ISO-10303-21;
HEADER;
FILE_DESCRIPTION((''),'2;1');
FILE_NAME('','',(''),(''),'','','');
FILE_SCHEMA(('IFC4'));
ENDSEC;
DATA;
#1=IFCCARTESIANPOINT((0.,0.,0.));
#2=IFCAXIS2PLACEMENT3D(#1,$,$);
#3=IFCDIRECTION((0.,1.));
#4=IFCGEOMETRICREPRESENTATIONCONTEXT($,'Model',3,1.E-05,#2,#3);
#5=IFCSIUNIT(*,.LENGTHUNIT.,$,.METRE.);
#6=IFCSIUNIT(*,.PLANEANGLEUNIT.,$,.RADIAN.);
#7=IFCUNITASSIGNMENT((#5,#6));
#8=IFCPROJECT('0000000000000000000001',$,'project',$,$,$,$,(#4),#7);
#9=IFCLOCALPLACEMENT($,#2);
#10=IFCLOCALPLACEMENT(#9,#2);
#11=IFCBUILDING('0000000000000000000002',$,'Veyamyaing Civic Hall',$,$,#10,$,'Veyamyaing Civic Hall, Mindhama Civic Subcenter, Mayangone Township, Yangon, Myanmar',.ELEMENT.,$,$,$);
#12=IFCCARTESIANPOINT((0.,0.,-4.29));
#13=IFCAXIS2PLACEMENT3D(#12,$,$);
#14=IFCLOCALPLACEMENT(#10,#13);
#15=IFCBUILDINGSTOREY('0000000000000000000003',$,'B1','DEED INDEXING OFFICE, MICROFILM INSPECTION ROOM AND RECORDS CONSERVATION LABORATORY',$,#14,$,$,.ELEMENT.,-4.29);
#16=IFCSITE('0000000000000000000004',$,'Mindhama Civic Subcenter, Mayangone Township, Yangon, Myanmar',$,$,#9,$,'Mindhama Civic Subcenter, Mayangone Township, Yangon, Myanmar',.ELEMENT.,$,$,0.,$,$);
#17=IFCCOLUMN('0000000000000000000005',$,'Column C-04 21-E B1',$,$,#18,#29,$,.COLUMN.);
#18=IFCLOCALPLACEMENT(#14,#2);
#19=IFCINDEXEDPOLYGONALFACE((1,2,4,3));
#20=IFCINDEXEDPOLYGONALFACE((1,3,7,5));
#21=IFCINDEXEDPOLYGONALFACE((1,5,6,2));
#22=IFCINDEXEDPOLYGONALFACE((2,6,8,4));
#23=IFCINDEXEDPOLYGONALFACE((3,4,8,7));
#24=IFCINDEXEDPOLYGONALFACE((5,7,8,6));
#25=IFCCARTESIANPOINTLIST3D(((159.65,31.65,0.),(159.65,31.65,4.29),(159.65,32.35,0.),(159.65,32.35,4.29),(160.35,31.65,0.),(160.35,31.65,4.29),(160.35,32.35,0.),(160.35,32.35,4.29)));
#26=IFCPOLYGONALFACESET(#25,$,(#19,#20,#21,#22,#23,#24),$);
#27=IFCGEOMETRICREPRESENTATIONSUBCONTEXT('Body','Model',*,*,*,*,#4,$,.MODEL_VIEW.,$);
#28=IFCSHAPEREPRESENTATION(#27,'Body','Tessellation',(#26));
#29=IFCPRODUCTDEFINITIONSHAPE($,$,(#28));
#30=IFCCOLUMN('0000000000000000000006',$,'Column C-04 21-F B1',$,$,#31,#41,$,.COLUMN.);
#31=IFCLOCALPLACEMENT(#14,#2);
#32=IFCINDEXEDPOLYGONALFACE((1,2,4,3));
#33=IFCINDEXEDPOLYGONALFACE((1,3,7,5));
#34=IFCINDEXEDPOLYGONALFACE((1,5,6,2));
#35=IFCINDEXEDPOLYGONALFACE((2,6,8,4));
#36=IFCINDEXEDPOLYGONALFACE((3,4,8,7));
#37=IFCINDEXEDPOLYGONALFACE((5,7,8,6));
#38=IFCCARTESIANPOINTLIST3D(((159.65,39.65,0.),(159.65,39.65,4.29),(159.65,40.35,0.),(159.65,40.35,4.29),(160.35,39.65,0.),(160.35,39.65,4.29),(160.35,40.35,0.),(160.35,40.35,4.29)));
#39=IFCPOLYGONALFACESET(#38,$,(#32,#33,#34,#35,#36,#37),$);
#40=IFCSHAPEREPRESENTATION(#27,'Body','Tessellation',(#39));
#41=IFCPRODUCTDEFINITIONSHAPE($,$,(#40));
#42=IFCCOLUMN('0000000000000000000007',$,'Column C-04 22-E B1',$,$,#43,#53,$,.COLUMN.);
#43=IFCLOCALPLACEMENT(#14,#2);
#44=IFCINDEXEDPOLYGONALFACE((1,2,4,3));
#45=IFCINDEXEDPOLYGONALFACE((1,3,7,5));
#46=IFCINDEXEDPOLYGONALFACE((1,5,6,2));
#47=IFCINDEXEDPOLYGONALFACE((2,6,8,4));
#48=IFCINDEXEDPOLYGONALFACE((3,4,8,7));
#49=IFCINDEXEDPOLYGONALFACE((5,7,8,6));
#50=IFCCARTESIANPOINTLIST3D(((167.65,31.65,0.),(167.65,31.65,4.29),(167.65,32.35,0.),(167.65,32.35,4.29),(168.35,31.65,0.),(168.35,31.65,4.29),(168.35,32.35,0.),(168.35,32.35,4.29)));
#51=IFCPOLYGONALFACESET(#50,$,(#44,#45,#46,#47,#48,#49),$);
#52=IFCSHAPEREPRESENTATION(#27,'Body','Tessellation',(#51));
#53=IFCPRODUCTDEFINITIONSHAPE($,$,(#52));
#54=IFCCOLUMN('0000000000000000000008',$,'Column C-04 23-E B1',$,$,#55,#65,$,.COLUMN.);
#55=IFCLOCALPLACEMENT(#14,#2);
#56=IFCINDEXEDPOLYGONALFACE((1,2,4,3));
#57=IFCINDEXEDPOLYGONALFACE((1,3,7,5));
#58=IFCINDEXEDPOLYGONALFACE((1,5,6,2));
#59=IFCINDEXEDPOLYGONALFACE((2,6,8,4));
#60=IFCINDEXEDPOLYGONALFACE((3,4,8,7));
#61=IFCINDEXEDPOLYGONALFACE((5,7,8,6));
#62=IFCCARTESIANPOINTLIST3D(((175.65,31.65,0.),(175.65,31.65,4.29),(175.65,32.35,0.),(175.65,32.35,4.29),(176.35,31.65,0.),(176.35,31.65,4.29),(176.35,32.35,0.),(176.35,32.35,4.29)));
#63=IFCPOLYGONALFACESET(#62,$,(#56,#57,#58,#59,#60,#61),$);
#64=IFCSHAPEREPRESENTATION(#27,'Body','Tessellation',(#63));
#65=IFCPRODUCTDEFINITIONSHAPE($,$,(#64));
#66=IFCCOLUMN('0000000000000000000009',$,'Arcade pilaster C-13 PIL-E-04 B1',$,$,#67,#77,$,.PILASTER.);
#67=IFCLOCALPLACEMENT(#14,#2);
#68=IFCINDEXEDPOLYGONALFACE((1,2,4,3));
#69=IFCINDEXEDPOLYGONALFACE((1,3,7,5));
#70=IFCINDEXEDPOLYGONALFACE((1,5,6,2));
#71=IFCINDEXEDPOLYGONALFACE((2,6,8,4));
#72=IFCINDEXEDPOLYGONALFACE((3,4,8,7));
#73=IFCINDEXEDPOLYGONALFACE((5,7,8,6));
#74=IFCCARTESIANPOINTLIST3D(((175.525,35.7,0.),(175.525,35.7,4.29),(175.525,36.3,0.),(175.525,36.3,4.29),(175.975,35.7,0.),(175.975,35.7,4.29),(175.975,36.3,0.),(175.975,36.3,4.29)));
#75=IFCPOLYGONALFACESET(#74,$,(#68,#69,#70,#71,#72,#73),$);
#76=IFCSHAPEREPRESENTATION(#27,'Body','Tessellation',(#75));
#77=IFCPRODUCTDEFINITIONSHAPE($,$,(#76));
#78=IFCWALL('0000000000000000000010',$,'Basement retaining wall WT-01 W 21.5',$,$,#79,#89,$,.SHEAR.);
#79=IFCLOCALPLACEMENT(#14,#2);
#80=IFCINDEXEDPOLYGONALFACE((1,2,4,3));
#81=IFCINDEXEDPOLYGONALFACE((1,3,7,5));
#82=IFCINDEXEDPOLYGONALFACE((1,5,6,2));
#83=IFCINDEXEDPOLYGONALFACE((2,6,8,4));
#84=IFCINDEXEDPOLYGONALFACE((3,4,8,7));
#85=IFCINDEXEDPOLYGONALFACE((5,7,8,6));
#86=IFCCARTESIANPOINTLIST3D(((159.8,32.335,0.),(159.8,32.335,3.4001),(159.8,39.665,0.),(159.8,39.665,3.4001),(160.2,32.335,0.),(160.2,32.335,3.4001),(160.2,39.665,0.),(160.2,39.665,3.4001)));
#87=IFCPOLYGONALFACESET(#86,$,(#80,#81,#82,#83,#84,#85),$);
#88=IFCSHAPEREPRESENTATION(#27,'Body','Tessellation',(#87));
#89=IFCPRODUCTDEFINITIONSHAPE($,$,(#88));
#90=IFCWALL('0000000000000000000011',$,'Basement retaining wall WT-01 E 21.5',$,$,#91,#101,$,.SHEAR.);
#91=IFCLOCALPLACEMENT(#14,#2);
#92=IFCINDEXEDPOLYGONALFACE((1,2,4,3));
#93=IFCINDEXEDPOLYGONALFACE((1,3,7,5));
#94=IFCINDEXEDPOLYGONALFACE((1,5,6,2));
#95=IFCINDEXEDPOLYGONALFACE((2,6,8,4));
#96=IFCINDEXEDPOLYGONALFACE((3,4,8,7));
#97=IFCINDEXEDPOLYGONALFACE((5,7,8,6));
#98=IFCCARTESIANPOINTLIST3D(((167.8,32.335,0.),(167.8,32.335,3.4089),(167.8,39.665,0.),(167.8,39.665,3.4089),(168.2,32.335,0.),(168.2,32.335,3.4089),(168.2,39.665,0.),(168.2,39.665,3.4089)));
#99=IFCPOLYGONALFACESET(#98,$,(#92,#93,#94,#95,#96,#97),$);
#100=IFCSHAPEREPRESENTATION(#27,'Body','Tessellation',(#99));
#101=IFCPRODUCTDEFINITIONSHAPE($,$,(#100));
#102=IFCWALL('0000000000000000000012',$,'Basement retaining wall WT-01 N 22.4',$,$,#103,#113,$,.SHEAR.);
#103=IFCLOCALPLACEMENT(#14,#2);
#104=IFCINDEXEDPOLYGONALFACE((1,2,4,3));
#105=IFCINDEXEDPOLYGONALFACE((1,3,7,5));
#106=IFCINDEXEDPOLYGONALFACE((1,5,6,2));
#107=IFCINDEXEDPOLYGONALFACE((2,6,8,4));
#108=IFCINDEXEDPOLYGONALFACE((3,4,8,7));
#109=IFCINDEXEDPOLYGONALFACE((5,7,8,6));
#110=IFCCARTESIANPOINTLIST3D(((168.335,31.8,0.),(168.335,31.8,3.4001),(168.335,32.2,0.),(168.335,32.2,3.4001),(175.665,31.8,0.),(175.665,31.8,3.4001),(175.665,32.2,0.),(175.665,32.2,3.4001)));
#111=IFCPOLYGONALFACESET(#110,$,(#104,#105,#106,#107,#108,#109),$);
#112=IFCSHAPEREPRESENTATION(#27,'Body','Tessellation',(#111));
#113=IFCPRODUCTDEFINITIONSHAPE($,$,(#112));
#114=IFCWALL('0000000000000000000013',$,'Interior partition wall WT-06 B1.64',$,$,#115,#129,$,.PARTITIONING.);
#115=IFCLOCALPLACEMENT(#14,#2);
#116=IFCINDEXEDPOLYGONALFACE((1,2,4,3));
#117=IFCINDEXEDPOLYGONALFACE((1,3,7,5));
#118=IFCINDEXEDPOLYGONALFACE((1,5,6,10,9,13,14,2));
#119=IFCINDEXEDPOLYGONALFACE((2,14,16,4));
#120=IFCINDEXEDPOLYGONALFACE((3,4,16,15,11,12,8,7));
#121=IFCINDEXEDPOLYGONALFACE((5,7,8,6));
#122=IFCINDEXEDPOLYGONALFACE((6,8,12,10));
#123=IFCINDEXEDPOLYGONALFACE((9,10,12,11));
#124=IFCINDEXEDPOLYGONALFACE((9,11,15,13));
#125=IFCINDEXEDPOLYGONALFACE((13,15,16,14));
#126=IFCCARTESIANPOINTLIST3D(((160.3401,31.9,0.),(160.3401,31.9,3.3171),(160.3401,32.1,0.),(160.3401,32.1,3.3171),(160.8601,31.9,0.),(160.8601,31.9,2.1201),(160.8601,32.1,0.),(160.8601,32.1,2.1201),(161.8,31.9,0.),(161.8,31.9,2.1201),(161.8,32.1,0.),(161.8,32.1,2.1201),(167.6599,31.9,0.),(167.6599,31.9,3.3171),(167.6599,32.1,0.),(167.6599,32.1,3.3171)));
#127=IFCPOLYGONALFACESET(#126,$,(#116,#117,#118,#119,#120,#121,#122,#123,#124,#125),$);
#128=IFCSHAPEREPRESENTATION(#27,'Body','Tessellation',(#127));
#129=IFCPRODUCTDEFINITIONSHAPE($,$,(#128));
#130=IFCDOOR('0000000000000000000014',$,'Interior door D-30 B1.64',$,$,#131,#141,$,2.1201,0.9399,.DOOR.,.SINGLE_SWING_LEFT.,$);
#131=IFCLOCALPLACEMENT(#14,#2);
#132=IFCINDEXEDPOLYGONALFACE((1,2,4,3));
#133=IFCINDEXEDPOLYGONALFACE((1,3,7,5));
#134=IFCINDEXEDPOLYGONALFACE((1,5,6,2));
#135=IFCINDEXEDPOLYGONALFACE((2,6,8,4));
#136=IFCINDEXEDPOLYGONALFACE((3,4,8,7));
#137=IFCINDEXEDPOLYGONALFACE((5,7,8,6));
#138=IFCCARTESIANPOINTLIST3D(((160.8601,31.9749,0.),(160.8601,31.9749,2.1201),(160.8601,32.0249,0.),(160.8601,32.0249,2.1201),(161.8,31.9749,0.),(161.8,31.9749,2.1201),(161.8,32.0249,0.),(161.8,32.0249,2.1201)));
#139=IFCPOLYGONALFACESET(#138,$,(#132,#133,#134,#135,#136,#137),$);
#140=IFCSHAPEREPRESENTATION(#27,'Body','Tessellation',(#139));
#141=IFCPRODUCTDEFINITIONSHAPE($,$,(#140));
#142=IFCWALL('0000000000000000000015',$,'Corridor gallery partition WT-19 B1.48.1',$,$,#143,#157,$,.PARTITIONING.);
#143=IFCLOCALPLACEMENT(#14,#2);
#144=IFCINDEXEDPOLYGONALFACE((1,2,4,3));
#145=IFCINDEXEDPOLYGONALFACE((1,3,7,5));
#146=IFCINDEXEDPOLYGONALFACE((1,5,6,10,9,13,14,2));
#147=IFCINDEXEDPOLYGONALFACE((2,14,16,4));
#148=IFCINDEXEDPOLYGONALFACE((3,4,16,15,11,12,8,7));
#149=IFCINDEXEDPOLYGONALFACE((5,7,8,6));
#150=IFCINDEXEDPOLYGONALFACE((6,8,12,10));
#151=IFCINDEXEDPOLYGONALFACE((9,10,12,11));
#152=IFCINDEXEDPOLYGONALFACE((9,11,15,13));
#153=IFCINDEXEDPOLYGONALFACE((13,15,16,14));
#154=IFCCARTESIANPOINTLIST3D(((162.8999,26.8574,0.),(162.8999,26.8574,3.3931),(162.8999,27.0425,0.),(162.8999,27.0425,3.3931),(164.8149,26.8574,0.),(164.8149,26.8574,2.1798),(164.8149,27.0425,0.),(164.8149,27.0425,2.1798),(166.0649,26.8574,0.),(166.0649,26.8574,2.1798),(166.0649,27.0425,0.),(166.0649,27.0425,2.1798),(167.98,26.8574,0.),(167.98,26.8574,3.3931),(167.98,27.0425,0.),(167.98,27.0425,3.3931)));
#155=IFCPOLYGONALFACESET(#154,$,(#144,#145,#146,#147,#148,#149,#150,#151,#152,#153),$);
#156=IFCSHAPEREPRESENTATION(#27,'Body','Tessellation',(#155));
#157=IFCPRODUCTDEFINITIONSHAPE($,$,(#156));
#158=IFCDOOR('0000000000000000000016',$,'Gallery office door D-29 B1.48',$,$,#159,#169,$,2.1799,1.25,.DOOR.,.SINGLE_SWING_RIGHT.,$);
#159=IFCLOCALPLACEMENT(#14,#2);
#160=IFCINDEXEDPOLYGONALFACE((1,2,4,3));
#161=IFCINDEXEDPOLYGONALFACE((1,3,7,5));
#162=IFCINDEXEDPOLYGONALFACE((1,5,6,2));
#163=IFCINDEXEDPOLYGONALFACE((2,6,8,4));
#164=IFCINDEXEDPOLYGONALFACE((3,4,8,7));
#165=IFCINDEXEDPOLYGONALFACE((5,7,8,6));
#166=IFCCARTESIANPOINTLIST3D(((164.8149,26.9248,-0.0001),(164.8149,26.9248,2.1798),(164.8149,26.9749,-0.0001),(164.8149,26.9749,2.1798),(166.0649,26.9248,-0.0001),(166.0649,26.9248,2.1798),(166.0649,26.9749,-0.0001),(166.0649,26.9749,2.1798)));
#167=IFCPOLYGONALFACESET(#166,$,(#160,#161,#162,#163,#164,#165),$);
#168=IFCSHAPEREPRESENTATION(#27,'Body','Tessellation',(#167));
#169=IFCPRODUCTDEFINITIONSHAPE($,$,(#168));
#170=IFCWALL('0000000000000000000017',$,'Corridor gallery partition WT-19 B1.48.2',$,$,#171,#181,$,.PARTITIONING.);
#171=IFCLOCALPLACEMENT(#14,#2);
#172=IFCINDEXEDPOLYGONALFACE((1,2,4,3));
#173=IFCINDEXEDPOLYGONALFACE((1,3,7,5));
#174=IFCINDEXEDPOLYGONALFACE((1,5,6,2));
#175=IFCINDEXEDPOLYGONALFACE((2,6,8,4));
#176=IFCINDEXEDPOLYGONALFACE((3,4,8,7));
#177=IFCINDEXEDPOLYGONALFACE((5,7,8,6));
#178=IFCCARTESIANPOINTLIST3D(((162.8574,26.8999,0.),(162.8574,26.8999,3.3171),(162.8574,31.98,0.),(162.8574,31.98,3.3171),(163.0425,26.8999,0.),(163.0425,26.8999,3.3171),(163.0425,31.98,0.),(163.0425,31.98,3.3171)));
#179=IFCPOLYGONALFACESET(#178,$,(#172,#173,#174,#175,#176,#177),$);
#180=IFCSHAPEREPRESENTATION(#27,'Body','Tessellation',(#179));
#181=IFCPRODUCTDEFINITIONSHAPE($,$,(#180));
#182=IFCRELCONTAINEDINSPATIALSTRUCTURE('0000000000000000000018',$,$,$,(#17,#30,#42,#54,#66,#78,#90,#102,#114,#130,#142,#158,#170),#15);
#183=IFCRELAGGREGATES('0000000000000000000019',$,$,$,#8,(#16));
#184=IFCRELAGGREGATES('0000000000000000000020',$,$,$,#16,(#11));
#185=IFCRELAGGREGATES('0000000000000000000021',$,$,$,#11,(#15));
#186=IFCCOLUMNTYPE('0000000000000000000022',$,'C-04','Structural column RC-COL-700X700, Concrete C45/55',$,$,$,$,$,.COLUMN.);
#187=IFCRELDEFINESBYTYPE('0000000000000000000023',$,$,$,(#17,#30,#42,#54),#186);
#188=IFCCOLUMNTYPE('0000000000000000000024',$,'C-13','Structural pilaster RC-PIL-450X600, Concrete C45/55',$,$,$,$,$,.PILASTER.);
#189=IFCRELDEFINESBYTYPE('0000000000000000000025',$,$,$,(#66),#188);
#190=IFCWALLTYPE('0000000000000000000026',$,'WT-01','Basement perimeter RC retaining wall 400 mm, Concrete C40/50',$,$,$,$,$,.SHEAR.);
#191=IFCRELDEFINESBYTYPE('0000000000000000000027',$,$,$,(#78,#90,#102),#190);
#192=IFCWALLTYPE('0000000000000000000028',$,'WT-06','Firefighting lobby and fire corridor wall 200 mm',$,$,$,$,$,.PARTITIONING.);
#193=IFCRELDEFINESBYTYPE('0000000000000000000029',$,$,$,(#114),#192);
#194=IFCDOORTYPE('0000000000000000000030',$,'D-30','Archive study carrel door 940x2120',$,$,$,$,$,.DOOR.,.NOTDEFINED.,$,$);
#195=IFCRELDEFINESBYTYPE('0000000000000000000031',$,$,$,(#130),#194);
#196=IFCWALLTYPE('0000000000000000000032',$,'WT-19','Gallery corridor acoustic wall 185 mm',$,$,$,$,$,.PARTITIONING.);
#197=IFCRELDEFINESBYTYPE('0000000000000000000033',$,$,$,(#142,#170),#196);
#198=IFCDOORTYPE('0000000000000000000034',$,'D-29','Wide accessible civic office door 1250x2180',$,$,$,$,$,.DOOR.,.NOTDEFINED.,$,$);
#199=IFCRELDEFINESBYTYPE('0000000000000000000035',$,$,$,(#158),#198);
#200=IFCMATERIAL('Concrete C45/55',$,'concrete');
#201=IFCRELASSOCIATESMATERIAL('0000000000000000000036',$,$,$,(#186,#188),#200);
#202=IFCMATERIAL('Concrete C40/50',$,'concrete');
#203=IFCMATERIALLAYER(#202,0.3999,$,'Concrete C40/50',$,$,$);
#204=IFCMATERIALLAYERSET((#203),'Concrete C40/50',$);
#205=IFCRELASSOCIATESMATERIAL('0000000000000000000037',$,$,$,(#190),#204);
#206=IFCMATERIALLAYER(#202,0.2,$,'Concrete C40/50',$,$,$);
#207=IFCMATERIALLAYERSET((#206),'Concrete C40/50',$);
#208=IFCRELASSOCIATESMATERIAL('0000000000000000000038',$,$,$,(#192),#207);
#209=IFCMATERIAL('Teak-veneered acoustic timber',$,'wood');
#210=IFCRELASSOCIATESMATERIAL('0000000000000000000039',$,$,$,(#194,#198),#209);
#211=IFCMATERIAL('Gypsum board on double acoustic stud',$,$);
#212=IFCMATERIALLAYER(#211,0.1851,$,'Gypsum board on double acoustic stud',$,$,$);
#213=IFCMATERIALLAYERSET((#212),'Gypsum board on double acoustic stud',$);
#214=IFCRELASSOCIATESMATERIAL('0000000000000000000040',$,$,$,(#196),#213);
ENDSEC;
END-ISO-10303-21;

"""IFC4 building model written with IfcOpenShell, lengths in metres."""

from ifc_helpers import new_model, si_unit, direction, frame, frame_2d, origin, origin_2d, place, context, subcontext, project, spatial, rectangle, extrude, material, layer, layer_set, material_profile, profile_set, type_object, element, fill, save


model = new_model("IFC4")

# Units and contexts
model_context = context("Model", 3, precision=1e-05, world=origin(), true_north=direction((0.0, 1.0)))
body_context = subcontext(model_context, "Body", "Model", "MODEL_VIEW")
ifc_project = project(units=[si_unit("LENGTHUNIT", "METRE"), si_unit("PLANEANGLEUNIT", "RADIAN")], contexts=[model_context])

# Site, building, storey
site_placement = place(None, origin())
site = spatial("IfcSite", under=ifc_project, at=site_placement, Name="Mindhama Civic Subcenter, Mayangone Township, Yangon, Myanmar", LongName="Mindhama Civic Subcenter, Mayangone Township, Yangon, Myanmar", CompositionType="ELEMENT", RefElevation=0.0)
building_placement = place(site_placement, origin())
building = spatial("IfcBuilding", under=site, at=building_placement, Name="Veyamyaing Civic Hall", LongName="Veyamyaing Civic Hall, Mindhama Civic Subcenter, Mayangone Township, Yangon, Myanmar", CompositionType="ELEMENT")
storey_placement = place(building_placement, frame((0.0, 0.0, -4.29)))
storey = spatial("IfcBuildingStorey", under=building, at=storey_placement, Name="B1", Description="DEED INDEXING OFFICE, MICROFILM INSPECTION ROOM AND RECORDS CONSERVATION LABORATORY", CompositionType="ELEMENT", Elevation=-4.29)

# Shared definitions
ifc_material_1 = material(Name="Concrete C40/50", Category="concrete")

# Columns
ifc_material_2 = material(Name="Concrete C45/55", Category="concrete")
ifc_material_profile_1 = material_profile(ifc_material_2, rectangle(XDim=0.7, YDim=0.7, at=origin_2d()), Name="RC-COL-700X700")
ifc_profile_set_1 = profile_set([ifc_material_profile_1], Name="Concrete C45/55")
column_type_1 = type_object("IfcColumnType", Name="C-04", Description="Structural column RC-COL-700X700, Concrete C45/55", PredefinedType="COLUMN", material=ifc_profile_set_1)
for number, where, z_axis, x_axis, name in (
    (1, (160.0, 32.0, 0.0), (0.0, 0.0, 1.0), (1.0, 0.0, 0.0), "Column C-04 21-E B1"),
    (2, (160.0, 40.0, 0.0), (0.0, 0.0, 1.0), (1.0, 0.0, 0.0), "Column C-04 21-F B1"),
    (3, (168.0, 32.0, 0.0), (0.0, 0.0, 1.0), (1.0, 0.0, 0.0), "Column C-04 22-E B1"),
    (4, (176.0, 32.0, 0.0), (0.0, 0.0, 1.0), (1.0, 0.0, 0.0), "Column C-04 23-E B1"),
):
    element("IfcColumn", number, at=place(storey_placement, frame(where, z_axis=z_axis, x_axis=x_axis)), inside=storey, type_object=column_type_1, Name=name, PredefinedType="COLUMN", context=body_context, shape_type="SweptSolid", body=[
        extrude(rectangle(XDim=0.7, YDim=0.7, at=origin_2d()), origin(), (0.0, 0.0, 1.0), 4.29),
    ])
ifc_material_profile_2 = material_profile(ifc_material_2, rectangle(XDim=0.45, YDim=0.6001, at=origin_2d()), Name="RC-PIL-450X600")
ifc_profile_set_2 = profile_set([ifc_material_profile_2], Name="Concrete C45/55")
column_type_2 = type_object("IfcColumnType", Name="C-13", Description="Structural pilaster RC-PIL-450X600, Concrete C45/55", PredefinedType="PILASTER", material=ifc_profile_set_2)
column_placement = place(storey_placement, frame((175.75, 36.0, 0.0), z_axis=(0.0, 0.0, 1.0), x_axis=(1.0, 0.0, 0.0)))
element("IfcColumn", 5, at=column_placement, inside=storey, type_object=column_type_2, Name="Arcade pilaster C-13 PIL-E-04 B1", PredefinedType="PILASTER", context=body_context, shape_type="SweptSolid", body=[
    extrude(rectangle(XDim=0.45, YDim=0.6001, at=origin_2d()), origin(), (0.0, 0.0, 1.0), 4.29),
])

# Walls
ifc_layer_1 = layer(ifc_material_1, 0.3999, Name="Concrete C40/50")
ifc_layer_set_1 = layer_set([ifc_layer_1], Name="Concrete C40/50")
wall_type_1 = type_object("IfcWallType", Name="WT-01", Description="Basement perimeter RC retaining wall 400 mm, Concrete C40/50", PredefinedType="SHEAR", material=ifc_layer_set_1)
wall_1_placement = place(storey_placement, frame((160.0, 32.335, 0.0), z_axis=(0.0, 0.0, 1.0), x_axis=(0.0, 1.0, 0.0)))
element("IfcWall", 6, at=wall_1_placement, inside=storey, type_object=wall_type_1, Name="Basement retaining wall WT-01 W 21.5", PredefinedType="SHEAR", context=body_context, shape_type="SweptSolid", body=[
    extrude(rectangle(XDim=7.3301, YDim=0.3999, at=frame_2d((3.665, 0.0))), origin(), (0.0, 0.0, 1.0), 3.4001),
])
wall_2_placement = place(storey_placement, frame((168.0, 32.335, 0.0), z_axis=(0.0, 0.0, 1.0), x_axis=(0.0, 1.0, 0.0)))
element("IfcWall", 7, at=wall_2_placement, inside=storey, type_object=wall_type_1, Name="Basement retaining wall WT-01 E 21.5", PredefinedType="SHEAR", context=body_context, shape_type="SweptSolid", body=[
    extrude(rectangle(XDim=7.3301, YDim=0.3999, at=frame_2d((3.665, 0.0))), origin(), (0.0, 0.0, 1.0), 3.4089),
])
wall_3_placement = place(storey_placement, frame((168.335, 32.0, 0.0), z_axis=(0.0, 0.0, 1.0), x_axis=(1.0, 0.0, 0.0)))
element("IfcWall", 8, at=wall_3_placement, inside=storey, type_object=wall_type_1, Name="Basement retaining wall WT-01 N 22.4", PredefinedType="SHEAR", context=body_context, shape_type="SweptSolid", body=[
    extrude(rectangle(XDim=7.3301, YDim=0.3999, at=frame_2d((3.665, 0.0))), origin(), (0.0, 0.0, 1.0), 3.4001),
])

# Walls, openings, doors
ifc_layer_2 = layer(ifc_material_1, 0.2, Name="Concrete C40/50")
ifc_layer_set_2 = layer_set([ifc_layer_2], Name="Concrete C40/50")
wall_type_2 = type_object("IfcWallType", Name="WT-06", Description="Firefighting lobby and fire corridor wall 200 mm", PredefinedType="PARTITIONING", material=ifc_layer_set_2)
wall_4_placement = place(storey_placement, frame((160.3401, 32.0, 0.0), z_axis=(0.0, 0.0, 1.0), x_axis=(1.0, 0.0, 0.0)))
wall_4 = element("IfcWall", 9, at=wall_4_placement, inside=storey, type_object=wall_type_2, Name="Interior partition wall WT-06 B1.64", PredefinedType="PARTITIONING", context=body_context, shape_type="SweptSolid", body=[
    extrude(rectangle(XDim=7.3198, YDim=0.2, at=frame_2d((3.6599, 0.0))), origin(), (0.0, 0.0, 1.0), 3.3171),
])
opening_1_placement = place(wall_4_placement, frame((0.52, 0.0, 0.0)))
opening_1 = element("IfcOpeningElement", 10, at=opening_1_placement, cuts=wall_4, PredefinedType="OPENING", context=body_context, shape_type="SweptSolid", body=[
    extrude(rectangle(XDim=0.9399, YDim=2.1201, at=frame_2d((0.47, 1.0601))), frame((0.0, 0.1099, 0.0), z_axis=(0.0, -1.0, 0.0), x_axis=(1.0, 0.0, 0.0)), (0.0, 0.0, 1.0), 0.22),
])
ifc_material_3 = material(Name="Teak-veneered acoustic timber", Category="wood")
door_type_1 = type_object("IfcDoorType", Name="D-30", Description="Archive study carrel door 940x2120", OperationType="NOTDEFINED", PredefinedType="DOOR", material=ifc_material_3)
door_1_placement = place(opening_1_placement, origin())
door_1 = element("IfcDoor", 11, at=door_1_placement, inside=storey, type_object=door_type_1, Name="Interior door D-30 B1.64", OperationType="SINGLE_SWING_LEFT", OverallHeight=2.1201, OverallWidth=0.9399, PredefinedType="DOOR", context=body_context, shape_type="SweptSolid", body=[
    extrude(rectangle(XDim=0.9399, YDim=2.1201, at=frame_2d((0.47, 1.0601))), frame((0.0, 0.0249, 0.0), z_axis=(0.0, -1.0, 0.0), x_axis=(1.0, 0.0, 0.0)), (0.0, 0.0, 1.0), 0.05),
])
fill(opening_1, door_1)
ifc_material_4 = material(Name="Gypsum board on double acoustic stud")
ifc_layer_3 = layer(ifc_material_4, 0.1851, Name="Gypsum board on double acoustic stud")
ifc_layer_set_3 = layer_set([ifc_layer_3], Name="Gypsum board on double acoustic stud")
wall_type_3 = type_object("IfcWallType", Name="WT-19", Description="Gallery corridor acoustic wall 185 mm", PredefinedType="PARTITIONING", material=ifc_layer_set_3)
wall_5_placement = place(storey_placement, frame((162.8999, 26.95, 0.0), z_axis=(0.0, 0.0, 1.0), x_axis=(1.0, 0.0, 0.0)))
wall_5 = element("IfcWall", 12, at=wall_5_placement, inside=storey, type_object=wall_type_3, Name="Corridor gallery partition WT-19 B1.48.1", PredefinedType="PARTITIONING", context=body_context, shape_type="SweptSolid", body=[
    extrude(rectangle(XDim=5.0801, YDim=0.1851, at=frame_2d((2.54, 0.0))), origin(), (0.0, 0.0, 1.0), 3.3931),
])
opening_2_placement = place(wall_5_placement, frame((1.915, 0.0, 0.0)))
opening_2 = element("IfcOpeningElement", 13, at=opening_2_placement, cuts=wall_5, PredefinedType="OPENING", context=body_context, shape_type="SweptSolid", body=[
    extrude(rectangle(XDim=1.25, YDim=2.1799, at=frame_2d((0.625, 1.0898))), frame((0.0, 0.1025, 0.0), z_axis=(0.0, -1.0, 0.0), x_axis=(1.0, 0.0, 0.0)), (0.0, 0.0, 1.0), 0.2051),
])
door_type_2 = type_object("IfcDoorType", Name="D-29", Description="Wide accessible civic office door 1250x2180", OperationType="NOTDEFINED", PredefinedType="DOOR", material=ifc_material_3)
door_2_placement = place(opening_2_placement, origin())
door_2 = element("IfcDoor", 14, at=door_2_placement, inside=storey, type_object=door_type_2, Name="Gallery office door D-29 B1.48", OperationType="SINGLE_SWING_RIGHT", OverallHeight=2.1799, OverallWidth=1.25, PredefinedType="DOOR", context=body_context, shape_type="SweptSolid", body=[
    extrude(rectangle(XDim=1.25, YDim=2.1799, at=frame_2d((0.625, 1.0898))), frame((0.0, 0.0249, 0.0), z_axis=(0.0, -1.0, 0.0), x_axis=(1.0, 0.0, 0.0)), (0.0, 0.0, 1.0), 0.05),
])
fill(opening_2, door_2)

# Wall
wall_6_placement = place(storey_placement, frame((162.95, 26.8999, 0.0), z_axis=(0.0, 0.0, 1.0), x_axis=(0.0, 1.0, 0.0)))
element("IfcWall", 15, at=wall_6_placement, inside=storey, type_object=wall_type_3, Name="Corridor gallery partition WT-19 B1.48.2", PredefinedType="PARTITIONING", context=body_context, shape_type="SweptSolid", body=[
    extrude(rectangle(XDim=5.0801, YDim=0.1851, at=frame_2d((2.54, 0.0))), origin(), (0.0, 0.0, 1.0), 3.3171),
])

save(model, "model.ifc")
